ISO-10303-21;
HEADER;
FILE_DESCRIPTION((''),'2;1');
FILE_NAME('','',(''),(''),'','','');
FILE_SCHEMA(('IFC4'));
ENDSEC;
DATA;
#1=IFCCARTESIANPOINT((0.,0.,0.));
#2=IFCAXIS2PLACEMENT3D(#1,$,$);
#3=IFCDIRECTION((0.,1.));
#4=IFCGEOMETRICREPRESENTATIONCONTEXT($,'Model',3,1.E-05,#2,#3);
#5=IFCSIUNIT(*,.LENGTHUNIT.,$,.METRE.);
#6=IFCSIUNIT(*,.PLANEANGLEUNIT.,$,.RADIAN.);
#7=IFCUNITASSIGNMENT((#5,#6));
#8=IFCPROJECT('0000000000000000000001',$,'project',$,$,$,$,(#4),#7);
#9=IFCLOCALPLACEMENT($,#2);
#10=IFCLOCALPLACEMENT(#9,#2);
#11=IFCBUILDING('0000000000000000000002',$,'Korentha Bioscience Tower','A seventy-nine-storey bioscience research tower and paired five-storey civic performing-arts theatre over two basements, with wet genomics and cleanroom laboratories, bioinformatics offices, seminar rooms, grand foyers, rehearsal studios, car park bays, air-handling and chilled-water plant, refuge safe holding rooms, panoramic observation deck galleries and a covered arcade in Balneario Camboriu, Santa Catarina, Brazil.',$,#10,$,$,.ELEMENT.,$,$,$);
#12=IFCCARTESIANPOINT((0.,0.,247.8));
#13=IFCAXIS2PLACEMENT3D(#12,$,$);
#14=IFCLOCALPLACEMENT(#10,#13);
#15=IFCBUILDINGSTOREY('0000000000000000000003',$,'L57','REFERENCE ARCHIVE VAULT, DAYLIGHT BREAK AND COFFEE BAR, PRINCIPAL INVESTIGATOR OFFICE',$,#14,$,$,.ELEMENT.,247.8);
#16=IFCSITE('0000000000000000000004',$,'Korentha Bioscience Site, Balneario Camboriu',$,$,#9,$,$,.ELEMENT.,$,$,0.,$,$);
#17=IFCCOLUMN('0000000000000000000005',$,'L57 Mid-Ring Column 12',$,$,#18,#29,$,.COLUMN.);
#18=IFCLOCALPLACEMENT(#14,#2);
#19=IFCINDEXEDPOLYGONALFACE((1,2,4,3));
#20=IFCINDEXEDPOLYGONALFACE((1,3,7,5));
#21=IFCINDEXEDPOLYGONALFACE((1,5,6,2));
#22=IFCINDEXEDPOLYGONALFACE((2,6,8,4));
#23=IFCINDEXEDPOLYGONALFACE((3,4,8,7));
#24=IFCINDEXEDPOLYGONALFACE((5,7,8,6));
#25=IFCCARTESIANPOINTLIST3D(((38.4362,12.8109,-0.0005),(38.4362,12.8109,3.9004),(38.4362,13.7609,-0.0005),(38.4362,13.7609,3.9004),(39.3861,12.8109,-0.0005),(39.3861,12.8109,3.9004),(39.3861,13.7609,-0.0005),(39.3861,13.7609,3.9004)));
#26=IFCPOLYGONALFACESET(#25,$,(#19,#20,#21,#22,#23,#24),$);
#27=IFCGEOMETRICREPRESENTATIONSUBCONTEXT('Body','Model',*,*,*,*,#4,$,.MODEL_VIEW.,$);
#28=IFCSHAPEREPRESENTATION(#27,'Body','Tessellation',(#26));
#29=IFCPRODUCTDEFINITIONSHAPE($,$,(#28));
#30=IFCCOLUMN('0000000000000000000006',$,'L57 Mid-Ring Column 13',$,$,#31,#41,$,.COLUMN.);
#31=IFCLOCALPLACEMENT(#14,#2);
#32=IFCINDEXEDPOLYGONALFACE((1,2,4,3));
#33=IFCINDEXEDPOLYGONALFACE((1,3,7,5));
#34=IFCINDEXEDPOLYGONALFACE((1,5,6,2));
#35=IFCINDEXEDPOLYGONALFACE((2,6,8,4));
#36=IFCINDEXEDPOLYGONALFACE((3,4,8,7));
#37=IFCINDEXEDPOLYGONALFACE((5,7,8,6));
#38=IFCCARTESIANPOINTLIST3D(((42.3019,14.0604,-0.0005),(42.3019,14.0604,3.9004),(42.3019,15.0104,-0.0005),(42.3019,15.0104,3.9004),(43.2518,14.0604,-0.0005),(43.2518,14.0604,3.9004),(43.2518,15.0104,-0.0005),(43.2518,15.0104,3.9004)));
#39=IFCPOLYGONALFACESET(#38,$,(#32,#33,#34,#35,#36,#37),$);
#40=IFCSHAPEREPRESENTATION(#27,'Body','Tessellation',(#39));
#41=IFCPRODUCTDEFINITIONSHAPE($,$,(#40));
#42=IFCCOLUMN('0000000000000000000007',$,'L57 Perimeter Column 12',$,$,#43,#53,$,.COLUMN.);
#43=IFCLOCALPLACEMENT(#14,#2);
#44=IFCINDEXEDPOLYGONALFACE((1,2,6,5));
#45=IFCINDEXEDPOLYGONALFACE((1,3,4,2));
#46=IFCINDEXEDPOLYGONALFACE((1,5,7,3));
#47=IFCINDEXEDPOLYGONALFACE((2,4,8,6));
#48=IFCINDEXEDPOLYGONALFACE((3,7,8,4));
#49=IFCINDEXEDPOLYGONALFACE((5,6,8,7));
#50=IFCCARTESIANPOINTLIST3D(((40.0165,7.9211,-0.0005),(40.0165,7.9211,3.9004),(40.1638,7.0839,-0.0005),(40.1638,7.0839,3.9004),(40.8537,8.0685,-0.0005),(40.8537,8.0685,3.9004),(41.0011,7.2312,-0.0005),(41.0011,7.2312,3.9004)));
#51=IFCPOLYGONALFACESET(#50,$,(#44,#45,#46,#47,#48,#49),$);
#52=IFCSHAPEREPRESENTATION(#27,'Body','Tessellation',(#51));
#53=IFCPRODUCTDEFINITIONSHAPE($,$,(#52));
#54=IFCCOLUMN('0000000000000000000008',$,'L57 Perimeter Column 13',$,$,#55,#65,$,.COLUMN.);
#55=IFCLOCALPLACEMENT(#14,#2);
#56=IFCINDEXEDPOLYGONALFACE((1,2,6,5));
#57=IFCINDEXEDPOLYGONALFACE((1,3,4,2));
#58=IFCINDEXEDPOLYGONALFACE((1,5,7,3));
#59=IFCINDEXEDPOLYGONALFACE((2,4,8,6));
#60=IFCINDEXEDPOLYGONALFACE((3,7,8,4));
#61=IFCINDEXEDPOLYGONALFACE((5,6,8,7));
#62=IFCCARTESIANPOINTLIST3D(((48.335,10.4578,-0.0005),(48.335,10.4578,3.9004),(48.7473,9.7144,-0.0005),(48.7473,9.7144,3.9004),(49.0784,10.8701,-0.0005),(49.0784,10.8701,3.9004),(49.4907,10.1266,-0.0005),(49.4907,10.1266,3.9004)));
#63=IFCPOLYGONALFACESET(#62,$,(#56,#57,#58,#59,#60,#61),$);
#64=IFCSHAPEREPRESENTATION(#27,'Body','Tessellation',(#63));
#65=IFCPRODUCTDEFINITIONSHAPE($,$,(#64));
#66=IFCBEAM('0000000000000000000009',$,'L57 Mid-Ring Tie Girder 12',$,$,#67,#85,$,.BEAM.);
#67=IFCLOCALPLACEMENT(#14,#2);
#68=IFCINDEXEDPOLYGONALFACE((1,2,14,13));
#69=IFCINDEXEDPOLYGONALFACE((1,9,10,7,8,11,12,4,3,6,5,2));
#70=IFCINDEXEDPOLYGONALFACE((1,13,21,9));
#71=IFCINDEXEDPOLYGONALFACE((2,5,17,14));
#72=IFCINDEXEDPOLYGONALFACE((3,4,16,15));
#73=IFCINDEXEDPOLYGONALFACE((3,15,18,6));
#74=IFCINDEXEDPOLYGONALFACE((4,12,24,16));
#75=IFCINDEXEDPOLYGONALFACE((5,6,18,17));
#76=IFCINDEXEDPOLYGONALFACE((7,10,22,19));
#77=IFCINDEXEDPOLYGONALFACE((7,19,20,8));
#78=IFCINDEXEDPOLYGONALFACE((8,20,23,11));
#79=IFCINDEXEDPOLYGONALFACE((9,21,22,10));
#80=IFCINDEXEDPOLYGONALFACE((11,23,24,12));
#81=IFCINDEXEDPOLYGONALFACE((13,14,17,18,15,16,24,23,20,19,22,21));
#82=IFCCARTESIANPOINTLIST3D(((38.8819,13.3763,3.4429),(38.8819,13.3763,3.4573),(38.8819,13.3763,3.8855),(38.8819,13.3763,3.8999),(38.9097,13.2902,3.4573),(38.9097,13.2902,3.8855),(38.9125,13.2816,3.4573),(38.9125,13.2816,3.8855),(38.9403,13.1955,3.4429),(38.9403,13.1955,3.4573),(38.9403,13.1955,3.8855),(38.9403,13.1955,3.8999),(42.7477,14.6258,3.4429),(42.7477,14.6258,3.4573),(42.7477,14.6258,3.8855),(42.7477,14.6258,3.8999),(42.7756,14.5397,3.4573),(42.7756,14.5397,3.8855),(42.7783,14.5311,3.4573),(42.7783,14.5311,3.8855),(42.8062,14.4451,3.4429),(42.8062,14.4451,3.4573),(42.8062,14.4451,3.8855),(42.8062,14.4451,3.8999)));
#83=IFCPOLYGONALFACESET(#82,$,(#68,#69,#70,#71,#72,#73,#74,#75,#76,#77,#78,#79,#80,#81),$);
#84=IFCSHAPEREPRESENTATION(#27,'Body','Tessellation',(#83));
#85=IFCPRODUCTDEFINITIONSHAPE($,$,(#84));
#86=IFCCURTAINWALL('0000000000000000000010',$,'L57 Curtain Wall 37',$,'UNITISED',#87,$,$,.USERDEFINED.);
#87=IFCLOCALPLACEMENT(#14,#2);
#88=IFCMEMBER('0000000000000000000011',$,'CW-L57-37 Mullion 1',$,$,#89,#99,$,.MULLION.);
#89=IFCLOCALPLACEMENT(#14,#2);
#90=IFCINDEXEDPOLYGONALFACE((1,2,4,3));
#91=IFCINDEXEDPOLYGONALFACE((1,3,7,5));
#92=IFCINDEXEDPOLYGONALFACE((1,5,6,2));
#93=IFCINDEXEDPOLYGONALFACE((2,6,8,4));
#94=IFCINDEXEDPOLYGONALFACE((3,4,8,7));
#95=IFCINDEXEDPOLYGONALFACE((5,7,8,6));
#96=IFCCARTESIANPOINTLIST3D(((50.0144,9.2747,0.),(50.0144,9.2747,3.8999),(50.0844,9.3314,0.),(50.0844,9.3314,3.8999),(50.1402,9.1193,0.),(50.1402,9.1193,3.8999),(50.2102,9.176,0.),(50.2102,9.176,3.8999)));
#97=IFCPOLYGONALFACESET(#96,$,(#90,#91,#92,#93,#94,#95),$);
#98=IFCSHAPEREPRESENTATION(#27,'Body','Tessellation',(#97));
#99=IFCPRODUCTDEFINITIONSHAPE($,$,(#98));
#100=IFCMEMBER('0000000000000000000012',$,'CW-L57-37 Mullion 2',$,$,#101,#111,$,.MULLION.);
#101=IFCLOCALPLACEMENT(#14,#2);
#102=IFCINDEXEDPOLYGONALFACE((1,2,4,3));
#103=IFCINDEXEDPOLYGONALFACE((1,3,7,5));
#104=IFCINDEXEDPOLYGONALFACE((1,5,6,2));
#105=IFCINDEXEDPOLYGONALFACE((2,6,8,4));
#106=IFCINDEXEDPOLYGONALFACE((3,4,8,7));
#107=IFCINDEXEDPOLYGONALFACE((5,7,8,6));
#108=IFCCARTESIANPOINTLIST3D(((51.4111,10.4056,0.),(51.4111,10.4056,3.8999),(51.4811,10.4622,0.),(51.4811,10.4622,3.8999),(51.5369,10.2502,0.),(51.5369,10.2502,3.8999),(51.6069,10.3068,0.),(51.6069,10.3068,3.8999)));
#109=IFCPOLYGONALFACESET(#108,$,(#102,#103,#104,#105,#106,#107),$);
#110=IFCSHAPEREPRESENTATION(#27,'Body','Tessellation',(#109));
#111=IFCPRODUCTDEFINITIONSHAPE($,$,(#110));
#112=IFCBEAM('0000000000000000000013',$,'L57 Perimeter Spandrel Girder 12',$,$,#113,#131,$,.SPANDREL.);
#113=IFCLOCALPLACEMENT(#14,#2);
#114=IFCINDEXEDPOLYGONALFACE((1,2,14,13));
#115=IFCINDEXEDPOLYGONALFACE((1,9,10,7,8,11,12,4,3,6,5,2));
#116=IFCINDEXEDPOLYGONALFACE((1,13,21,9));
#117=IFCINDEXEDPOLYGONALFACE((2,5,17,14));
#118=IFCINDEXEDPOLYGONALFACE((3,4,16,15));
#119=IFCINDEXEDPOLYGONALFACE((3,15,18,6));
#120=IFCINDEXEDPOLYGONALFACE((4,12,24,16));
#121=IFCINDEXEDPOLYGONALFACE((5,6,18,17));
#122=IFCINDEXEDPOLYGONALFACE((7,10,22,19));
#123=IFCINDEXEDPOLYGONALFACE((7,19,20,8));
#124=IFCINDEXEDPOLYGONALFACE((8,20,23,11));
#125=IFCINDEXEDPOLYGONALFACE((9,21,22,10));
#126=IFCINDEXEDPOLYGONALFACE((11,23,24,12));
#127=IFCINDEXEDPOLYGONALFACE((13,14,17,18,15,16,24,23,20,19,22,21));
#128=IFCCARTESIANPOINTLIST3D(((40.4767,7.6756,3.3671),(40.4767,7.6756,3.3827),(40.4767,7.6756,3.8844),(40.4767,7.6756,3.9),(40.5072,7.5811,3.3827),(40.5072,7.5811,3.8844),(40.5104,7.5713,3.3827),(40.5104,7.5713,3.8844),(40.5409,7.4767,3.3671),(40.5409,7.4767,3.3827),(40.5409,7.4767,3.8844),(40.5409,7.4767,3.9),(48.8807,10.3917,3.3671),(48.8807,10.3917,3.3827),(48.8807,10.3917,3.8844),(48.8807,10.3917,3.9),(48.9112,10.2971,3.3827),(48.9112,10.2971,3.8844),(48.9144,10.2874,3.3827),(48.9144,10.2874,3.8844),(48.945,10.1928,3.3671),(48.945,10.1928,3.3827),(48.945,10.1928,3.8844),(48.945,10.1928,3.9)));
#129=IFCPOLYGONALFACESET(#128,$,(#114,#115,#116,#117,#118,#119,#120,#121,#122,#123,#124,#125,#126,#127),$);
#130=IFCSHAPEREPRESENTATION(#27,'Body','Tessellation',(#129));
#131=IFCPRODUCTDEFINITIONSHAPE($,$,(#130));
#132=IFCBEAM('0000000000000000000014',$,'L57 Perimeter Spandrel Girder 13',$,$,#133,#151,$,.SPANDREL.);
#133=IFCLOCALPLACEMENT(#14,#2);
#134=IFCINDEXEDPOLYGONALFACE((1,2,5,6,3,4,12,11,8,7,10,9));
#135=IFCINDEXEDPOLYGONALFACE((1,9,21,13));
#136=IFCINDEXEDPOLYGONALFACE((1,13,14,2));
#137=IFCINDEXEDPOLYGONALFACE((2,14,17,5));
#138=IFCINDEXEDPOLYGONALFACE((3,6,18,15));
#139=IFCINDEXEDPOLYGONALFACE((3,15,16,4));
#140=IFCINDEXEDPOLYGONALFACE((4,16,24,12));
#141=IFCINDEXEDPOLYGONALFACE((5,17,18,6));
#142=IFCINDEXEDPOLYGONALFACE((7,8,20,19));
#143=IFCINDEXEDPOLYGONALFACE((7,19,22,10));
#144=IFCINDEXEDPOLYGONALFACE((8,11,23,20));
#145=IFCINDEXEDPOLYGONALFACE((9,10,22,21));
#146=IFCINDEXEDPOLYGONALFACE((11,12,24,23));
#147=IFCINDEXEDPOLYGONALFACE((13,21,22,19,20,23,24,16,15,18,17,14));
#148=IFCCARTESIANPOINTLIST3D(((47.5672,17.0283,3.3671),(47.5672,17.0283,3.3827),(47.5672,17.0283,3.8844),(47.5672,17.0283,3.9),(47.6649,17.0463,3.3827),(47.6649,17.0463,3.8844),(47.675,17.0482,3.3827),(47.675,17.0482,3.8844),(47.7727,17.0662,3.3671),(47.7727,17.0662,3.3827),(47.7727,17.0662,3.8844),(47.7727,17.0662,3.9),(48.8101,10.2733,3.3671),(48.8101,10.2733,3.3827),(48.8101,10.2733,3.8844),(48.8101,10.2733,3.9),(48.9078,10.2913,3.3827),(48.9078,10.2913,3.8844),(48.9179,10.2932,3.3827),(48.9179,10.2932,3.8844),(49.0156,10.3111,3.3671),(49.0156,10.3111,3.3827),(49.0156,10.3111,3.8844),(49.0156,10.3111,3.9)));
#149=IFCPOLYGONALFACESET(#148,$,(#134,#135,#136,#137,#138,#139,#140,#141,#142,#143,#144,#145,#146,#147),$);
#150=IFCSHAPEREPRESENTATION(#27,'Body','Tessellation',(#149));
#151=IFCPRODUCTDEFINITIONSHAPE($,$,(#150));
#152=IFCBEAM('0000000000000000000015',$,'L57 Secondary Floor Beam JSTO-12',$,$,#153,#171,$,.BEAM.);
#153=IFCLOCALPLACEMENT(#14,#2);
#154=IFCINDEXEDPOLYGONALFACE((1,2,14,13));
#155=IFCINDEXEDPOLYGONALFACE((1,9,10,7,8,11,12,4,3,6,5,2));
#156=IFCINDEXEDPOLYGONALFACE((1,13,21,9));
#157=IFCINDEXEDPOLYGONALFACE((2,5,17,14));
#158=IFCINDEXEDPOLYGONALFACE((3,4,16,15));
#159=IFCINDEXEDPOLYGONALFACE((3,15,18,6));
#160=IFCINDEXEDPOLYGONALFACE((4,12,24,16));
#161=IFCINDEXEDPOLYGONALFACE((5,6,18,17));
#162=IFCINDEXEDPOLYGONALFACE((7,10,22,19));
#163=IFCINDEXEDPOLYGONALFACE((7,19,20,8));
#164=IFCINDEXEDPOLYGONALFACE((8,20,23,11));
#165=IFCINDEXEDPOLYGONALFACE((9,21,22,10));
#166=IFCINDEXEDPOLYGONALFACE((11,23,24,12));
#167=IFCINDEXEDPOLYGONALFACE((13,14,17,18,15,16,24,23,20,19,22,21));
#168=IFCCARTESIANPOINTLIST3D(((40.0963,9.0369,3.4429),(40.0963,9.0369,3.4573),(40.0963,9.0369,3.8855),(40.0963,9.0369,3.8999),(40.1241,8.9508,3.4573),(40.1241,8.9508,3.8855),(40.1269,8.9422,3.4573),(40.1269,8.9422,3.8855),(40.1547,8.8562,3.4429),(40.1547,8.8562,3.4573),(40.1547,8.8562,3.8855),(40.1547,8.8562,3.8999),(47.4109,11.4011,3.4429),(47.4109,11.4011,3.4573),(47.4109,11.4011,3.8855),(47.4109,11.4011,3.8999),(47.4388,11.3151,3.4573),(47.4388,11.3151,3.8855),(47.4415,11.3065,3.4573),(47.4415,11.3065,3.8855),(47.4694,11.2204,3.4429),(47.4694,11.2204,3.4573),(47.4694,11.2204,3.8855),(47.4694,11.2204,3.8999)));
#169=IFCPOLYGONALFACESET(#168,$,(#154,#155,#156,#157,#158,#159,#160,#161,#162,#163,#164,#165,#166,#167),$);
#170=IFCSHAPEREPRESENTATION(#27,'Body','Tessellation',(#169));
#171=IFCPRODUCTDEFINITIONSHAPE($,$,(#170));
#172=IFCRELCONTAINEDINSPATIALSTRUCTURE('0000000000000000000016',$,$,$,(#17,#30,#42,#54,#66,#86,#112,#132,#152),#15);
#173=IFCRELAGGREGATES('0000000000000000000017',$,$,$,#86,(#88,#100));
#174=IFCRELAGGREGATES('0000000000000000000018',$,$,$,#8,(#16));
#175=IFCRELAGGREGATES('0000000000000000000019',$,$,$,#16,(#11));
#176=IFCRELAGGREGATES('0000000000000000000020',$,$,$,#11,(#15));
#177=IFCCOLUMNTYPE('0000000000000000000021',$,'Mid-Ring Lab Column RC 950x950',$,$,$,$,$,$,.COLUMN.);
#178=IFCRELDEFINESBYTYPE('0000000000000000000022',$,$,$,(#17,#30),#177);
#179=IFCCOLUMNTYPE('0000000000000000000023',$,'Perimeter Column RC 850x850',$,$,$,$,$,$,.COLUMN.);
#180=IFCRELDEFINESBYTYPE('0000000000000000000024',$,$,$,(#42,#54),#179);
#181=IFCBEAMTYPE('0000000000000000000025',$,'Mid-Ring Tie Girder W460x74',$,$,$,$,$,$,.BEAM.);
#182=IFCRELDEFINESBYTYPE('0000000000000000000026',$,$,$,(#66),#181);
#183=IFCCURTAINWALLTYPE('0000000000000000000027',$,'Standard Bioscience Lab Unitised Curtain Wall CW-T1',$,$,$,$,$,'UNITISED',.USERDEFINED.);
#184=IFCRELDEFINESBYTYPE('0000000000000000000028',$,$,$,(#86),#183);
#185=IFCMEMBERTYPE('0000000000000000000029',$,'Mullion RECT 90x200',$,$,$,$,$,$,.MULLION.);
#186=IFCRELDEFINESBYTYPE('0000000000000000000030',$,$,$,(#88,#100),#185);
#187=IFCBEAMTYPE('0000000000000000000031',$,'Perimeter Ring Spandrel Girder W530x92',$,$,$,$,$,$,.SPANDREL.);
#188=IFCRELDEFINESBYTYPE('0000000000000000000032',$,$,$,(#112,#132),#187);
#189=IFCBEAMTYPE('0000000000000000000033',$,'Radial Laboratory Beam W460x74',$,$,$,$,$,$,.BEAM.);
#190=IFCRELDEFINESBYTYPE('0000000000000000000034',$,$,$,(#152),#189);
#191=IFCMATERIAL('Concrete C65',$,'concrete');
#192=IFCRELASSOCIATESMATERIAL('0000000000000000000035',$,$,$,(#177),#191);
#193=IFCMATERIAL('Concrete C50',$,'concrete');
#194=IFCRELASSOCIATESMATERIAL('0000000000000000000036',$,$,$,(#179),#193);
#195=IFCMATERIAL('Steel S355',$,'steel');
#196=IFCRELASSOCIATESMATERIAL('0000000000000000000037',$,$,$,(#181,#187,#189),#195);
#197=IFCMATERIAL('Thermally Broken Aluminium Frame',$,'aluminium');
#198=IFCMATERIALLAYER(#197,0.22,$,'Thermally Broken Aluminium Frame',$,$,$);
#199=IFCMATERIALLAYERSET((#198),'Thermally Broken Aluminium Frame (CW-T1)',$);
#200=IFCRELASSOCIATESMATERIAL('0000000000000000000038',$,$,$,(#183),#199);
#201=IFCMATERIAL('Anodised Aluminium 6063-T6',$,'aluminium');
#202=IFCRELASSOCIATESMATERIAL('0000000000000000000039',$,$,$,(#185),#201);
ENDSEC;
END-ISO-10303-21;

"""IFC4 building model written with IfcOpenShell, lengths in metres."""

from ifc_helpers import new_model, si_unit, direction, frame, origin, origin_2d, place, context, subcontext, project, spatial, rectangle, i_section, extrude, material, layer, layer_set, material_profile, profile_set, type_object, element, aggregate, save


model = new_model("IFC4")

# Units and contexts
model_context = context("Model", 3, precision=1e-05, world=origin(), true_north=direction((0.0, 1.0)))
body_context = subcontext(model_context, "Body", "Model", "MODEL_VIEW")
ifc_project = project(units=[si_unit("LENGTHUNIT", "METRE"), si_unit("PLANEANGLEUNIT", "RADIAN")], contexts=[model_context])

# Site, building, storey
site_placement = place(None, origin())
site = spatial("IfcSite", under=ifc_project, at=site_placement, Name="Korentha Bioscience Site, Balneario Camboriu", CompositionType="ELEMENT", RefElevation=0.0)
building_placement = place(site_placement, origin())
building = spatial("IfcBuilding", under=site, at=building_placement, Name="Korentha Bioscience Tower", Description="A seventy-nine-storey bioscience research tower and paired five-storey civic performing-arts theatre over two basements, with wet genomics and cleanroom laboratories, bioinformatics offices, seminar rooms, grand foyers, rehearsal studios, car park bays, air-handling and chilled-water plant, refuge safe holding rooms, panoramic observation deck galleries and a covered arcade in Balneario Camboriu, Santa Catarina, Brazil.", CompositionType="ELEMENT")
storey_placement = place(building_placement, frame((0.0, 0.0, 247.8)))
storey = spatial("IfcBuildingStorey", under=building, at=storey_placement, Name="L57", Description="REFERENCE ARCHIVE VAULT, DAYLIGHT BREAK AND COFFEE BAR, PRINCIPAL INVESTIGATOR OFFICE", CompositionType="ELEMENT", Elevation=247.8)

# Columns
ifc_material_1 = material(Name="Concrete C65", Category="concrete")
ifc_material_profile_1 = material_profile(ifc_material_1, rectangle(XDim=0.95, YDim=0.95, at=origin_2d()), Name="Concrete C65")
ifc_profile_set_1 = profile_set([ifc_material_profile_1], Name="Concrete C65 (COL-MR09)")
column_type_1 = type_object("IfcColumnType", Name="Mid-Ring Lab Column RC 950x950", PredefinedType="COLUMN", material=ifc_profile_set_1)
for number, where, z_axis, x_axis, name in (
    (1, (38.9111, 13.2859, -0.0005), (0.0, 0.0, 1.0), (1.0, 0.0, 0.0), "L57 Mid-Ring Column 12"),
    (2, (42.7769, 14.5354, -0.0005), (0.0, 0.0, 1.0), (1.0, 0.0, 0.0), "L57 Mid-Ring Column 13"),
):
    element("IfcColumn", number, at=place(storey_placement, frame(where, z_axis=z_axis, x_axis=x_axis)), inside=storey, type_object=column_type_1, Name=name, PredefinedType="COLUMN", context=body_context, shape_type="SweptSolid", body=[
        extrude(rectangle(XDim=0.95, YDim=0.95, at=origin_2d()), origin(), (0.0, 0.0, 1.0), 3.9009),
    ])
ifc_material_2 = material(Name="Concrete C50", Category="concrete")
ifc_material_profile_2 = material_profile(ifc_material_2, rectangle(XDim=0.8501, YDim=0.8501, at=origin_2d()), Name="Concrete C50")
ifc_profile_set_2 = profile_set([ifc_material_profile_2], Name="Concrete C50 (COL-P08)")
column_type_2 = type_object("IfcColumnType", Name="Perimeter Column RC 850x850", PredefinedType="COLUMN", material=ifc_profile_set_2)
for number, where, z_axis, x_axis, name in (
    (3, (40.5088, 7.5762, -0.0005), (0.0, 0.0, 1.0), (0.984868, 0.173304, 0.0), "L57 Perimeter Column 12"),
    (4, (48.9128, 10.2922, -0.0005), (0.0, 0.0, 1.0), (0.874535, 0.484962, 0.0), "L57 Perimeter Column 13"),
):
    element("IfcColumn", number, at=place(storey_placement, frame(where, z_axis=z_axis, x_axis=x_axis)), inside=storey, type_object=column_type_2, Name=name, PredefinedType="COLUMN", context=body_context, shape_type="SweptSolid", body=[
        extrude(rectangle(XDim=0.8501, YDim=0.8501, at=origin_2d()), origin(), (0.0, 0.0, 1.0), 3.9009),
    ])

# Beam
ifc_material_3 = material(Name="Steel S355", Category="steel")
ifc_material_profile_3 = material_profile(ifc_material_3, i_section(OverallWidth=0.1899, OverallDepth=0.457, WebThickness=0.009, FlangeThickness=0.0144, at=origin_2d()), Name="Steel S355")
ifc_profile_set_3 = profile_set([ifc_material_profile_3], Name="Steel S355 (MB-460)")
beam_type_1 = type_object("IfcBeamType", Name="Mid-Ring Tie Girder W460x74", PredefinedType="BEAM", material=ifc_profile_set_3)
beam_1_placement = place(storey_placement, frame((38.9111, 13.2859, 3.6714), z_axis=(0.951528, 0.307561, 0.0), x_axis=(-0.307561, 0.951528, 0.0)))
element("IfcBeam", 5, at=beam_1_placement, inside=storey, type_object=beam_type_1, Name="L57 Mid-Ring Tie Girder 12", PredefinedType="BEAM", context=body_context, shape_type="SweptSolid", body=[
    extrude(i_section(OverallWidth=0.1899, OverallDepth=0.457, WebThickness=0.009, FlangeThickness=0.0144, at=origin_2d()), origin(), (0.0, 0.0, 1.0), 4.0627),
])

# Curtain wall, members
ifc_material_4 = material(Name="Thermally Broken Aluminium Frame", Category="aluminium")
ifc_layer_1 = layer(ifc_material_4, 0.22, Name="Thermally Broken Aluminium Frame")
ifc_layer_set_1 = layer_set([ifc_layer_1], Name="Thermally Broken Aluminium Frame (CW-T1)")
curtain_wall_type = type_object("IfcCurtainWallType", Name="Standard Bioscience Lab Unitised Curtain Wall CW-T1", ElementType="UNITISED", PredefinedType="USERDEFINED", material=ifc_layer_set_1)
curtain_wall_placement = place(storey_placement, origin())
curtain_wall = element("IfcCurtainWall", 6, at=curtain_wall_placement, inside=storey, type_object=curtain_wall_type, Name="L57 Curtain Wall 37", ObjectType="UNITISED", PredefinedType="USERDEFINED")
ifc_material_5 = material(Name="Anodised Aluminium 6063-T6", Category="aluminium")
ifc_material_profile_4 = material_profile(ifc_material_5, rectangle(XDim=0.0901, YDim=0.2, at=origin_2d()), Name="Anodised Aluminium 6063-T6")
ifc_profile_set_4 = profile_set([ifc_material_profile_4], Name="Anodised Aluminium 6063-T6 (CW-MUL)")
member_type_1 = type_object("IfcMemberType", Name="Mullion RECT 90x200", PredefinedType="MULLION", material=ifc_profile_set_4)
member_1_placement = place(storey_placement, frame((50.1123, 9.2253, 0.0), z_axis=(0.0, 0.0, 1.0), x_axis=(0.777226, 0.629221, 0.0)))
member_1 = element("IfcMember", 7, at=member_1_placement, type_object=member_type_1, Name="CW-L57-37 Mullion 1", PredefinedType="MULLION", context=body_context, shape_type="SweptSolid", body=[
    extrude(rectangle(XDim=0.0901, YDim=0.2, at=origin_2d()), origin(), (0.0, 0.0, 1.0), 3.8999),
])
member_2_placement = place(storey_placement, frame((51.509, 10.3562, 0.0), z_axis=(0.0, 0.0, 1.0), x_axis=(0.777226, 0.629221, 0.0)))
member_2 = element("IfcMember", 8, at=member_2_placement, type_object=member_type_1, Name="CW-L57-37 Mullion 2", PredefinedType="MULLION", context=body_context, shape_type="SweptSolid", body=[
    extrude(rectangle(XDim=0.0901, YDim=0.2, at=origin_2d()), origin(), (0.0, 0.0, 1.0), 3.8999),
])

# Beams
ifc_material_profile_5 = material_profile(ifc_material_3, i_section(OverallWidth=0.209, OverallDepth=0.533, WebThickness=0.0103, FlangeThickness=0.0156, at=origin_2d()), Name="Steel S355")
ifc_profile_set_5 = profile_set([ifc_material_profile_5], Name="Steel S355 (SB-530)")
beam_type_2 = type_object("IfcBeamType", Name="Perimeter Ring Spandrel Girder W530x92", PredefinedType="SPANDREL", material=ifc_profile_set_5)
beam_2_placement = place(storey_placement, frame((40.5088, 7.5762, 3.6335), z_axis=(0.95154, 0.307524, 0.0), x_axis=(-0.307524, 0.95154, 0.0)))
element("IfcBeam", 9, at=beam_2_placement, inside=storey, type_object=beam_type_2, Name="L57 Perimeter Spandrel Girder 12", PredefinedType="SPANDREL", context=body_context, shape_type="SweptSolid", body=[
    extrude(i_section(OverallWidth=0.209, OverallDepth=0.533, WebThickness=0.0103, FlangeThickness=0.0156, at=origin_2d()), origin(), (0.0, 0.0, 1.0), 8.832),
])
beam_3_placement = place(storey_placement, frame((48.9128, 10.2922, 3.6335), z_axis=(-0.180959, 0.983491, 0.0), x_axis=(-0.983491, -0.180959, 0.0)))
element("IfcBeam", 10, at=beam_3_placement, inside=storey, type_object=beam_type_2, Name="L57 Perimeter Spandrel Girder 13", PredefinedType="SPANDREL", context=body_context, shape_type="SweptSolid", body=[
    extrude(i_section(OverallWidth=0.209, OverallDepth=0.533, WebThickness=0.0103, FlangeThickness=0.0156, at=origin_2d()), origin(), (0.0, 0.0, 1.0), 6.8684),
])
ifc_material_profile_6 = material_profile(ifc_material_3, i_section(OverallWidth=0.1899, OverallDepth=0.457, WebThickness=0.009, FlangeThickness=0.0144, at=origin_2d()), Name="Steel S355")
ifc_profile_set_6 = profile_set([ifc_material_profile_6], Name="Steel S355 (RB-460)")
beam_type_3 = type_object("IfcBeamType", Name="Radial Laboratory Beam W460x74", PredefinedType="BEAM", material=ifc_profile_set_6)
beam_4_placement = place(storey_placement, frame((40.1255, 8.9465, 3.6714), z_axis=(0.951531, 0.307554, 0.0), x_axis=(-0.307554, 0.951531, 0.0)))
element("IfcBeam", 11, at=beam_4_placement, inside=storey, type_object=beam_type_3, Name="L57 Secondary Floor Beam JSTO-12", PredefinedType="BEAM", context=body_context, shape_type="SweptSolid", body=[
    extrude(i_section(OverallWidth=0.1899, OverallDepth=0.457, WebThickness=0.009, FlangeThickness=0.0144, at=origin_2d()), origin(), (0.0, 0.0, 1.0), 7.6873),
])

aggregate(curtain_wall, [member_1, member_2])

save(model, "model.ifc")
